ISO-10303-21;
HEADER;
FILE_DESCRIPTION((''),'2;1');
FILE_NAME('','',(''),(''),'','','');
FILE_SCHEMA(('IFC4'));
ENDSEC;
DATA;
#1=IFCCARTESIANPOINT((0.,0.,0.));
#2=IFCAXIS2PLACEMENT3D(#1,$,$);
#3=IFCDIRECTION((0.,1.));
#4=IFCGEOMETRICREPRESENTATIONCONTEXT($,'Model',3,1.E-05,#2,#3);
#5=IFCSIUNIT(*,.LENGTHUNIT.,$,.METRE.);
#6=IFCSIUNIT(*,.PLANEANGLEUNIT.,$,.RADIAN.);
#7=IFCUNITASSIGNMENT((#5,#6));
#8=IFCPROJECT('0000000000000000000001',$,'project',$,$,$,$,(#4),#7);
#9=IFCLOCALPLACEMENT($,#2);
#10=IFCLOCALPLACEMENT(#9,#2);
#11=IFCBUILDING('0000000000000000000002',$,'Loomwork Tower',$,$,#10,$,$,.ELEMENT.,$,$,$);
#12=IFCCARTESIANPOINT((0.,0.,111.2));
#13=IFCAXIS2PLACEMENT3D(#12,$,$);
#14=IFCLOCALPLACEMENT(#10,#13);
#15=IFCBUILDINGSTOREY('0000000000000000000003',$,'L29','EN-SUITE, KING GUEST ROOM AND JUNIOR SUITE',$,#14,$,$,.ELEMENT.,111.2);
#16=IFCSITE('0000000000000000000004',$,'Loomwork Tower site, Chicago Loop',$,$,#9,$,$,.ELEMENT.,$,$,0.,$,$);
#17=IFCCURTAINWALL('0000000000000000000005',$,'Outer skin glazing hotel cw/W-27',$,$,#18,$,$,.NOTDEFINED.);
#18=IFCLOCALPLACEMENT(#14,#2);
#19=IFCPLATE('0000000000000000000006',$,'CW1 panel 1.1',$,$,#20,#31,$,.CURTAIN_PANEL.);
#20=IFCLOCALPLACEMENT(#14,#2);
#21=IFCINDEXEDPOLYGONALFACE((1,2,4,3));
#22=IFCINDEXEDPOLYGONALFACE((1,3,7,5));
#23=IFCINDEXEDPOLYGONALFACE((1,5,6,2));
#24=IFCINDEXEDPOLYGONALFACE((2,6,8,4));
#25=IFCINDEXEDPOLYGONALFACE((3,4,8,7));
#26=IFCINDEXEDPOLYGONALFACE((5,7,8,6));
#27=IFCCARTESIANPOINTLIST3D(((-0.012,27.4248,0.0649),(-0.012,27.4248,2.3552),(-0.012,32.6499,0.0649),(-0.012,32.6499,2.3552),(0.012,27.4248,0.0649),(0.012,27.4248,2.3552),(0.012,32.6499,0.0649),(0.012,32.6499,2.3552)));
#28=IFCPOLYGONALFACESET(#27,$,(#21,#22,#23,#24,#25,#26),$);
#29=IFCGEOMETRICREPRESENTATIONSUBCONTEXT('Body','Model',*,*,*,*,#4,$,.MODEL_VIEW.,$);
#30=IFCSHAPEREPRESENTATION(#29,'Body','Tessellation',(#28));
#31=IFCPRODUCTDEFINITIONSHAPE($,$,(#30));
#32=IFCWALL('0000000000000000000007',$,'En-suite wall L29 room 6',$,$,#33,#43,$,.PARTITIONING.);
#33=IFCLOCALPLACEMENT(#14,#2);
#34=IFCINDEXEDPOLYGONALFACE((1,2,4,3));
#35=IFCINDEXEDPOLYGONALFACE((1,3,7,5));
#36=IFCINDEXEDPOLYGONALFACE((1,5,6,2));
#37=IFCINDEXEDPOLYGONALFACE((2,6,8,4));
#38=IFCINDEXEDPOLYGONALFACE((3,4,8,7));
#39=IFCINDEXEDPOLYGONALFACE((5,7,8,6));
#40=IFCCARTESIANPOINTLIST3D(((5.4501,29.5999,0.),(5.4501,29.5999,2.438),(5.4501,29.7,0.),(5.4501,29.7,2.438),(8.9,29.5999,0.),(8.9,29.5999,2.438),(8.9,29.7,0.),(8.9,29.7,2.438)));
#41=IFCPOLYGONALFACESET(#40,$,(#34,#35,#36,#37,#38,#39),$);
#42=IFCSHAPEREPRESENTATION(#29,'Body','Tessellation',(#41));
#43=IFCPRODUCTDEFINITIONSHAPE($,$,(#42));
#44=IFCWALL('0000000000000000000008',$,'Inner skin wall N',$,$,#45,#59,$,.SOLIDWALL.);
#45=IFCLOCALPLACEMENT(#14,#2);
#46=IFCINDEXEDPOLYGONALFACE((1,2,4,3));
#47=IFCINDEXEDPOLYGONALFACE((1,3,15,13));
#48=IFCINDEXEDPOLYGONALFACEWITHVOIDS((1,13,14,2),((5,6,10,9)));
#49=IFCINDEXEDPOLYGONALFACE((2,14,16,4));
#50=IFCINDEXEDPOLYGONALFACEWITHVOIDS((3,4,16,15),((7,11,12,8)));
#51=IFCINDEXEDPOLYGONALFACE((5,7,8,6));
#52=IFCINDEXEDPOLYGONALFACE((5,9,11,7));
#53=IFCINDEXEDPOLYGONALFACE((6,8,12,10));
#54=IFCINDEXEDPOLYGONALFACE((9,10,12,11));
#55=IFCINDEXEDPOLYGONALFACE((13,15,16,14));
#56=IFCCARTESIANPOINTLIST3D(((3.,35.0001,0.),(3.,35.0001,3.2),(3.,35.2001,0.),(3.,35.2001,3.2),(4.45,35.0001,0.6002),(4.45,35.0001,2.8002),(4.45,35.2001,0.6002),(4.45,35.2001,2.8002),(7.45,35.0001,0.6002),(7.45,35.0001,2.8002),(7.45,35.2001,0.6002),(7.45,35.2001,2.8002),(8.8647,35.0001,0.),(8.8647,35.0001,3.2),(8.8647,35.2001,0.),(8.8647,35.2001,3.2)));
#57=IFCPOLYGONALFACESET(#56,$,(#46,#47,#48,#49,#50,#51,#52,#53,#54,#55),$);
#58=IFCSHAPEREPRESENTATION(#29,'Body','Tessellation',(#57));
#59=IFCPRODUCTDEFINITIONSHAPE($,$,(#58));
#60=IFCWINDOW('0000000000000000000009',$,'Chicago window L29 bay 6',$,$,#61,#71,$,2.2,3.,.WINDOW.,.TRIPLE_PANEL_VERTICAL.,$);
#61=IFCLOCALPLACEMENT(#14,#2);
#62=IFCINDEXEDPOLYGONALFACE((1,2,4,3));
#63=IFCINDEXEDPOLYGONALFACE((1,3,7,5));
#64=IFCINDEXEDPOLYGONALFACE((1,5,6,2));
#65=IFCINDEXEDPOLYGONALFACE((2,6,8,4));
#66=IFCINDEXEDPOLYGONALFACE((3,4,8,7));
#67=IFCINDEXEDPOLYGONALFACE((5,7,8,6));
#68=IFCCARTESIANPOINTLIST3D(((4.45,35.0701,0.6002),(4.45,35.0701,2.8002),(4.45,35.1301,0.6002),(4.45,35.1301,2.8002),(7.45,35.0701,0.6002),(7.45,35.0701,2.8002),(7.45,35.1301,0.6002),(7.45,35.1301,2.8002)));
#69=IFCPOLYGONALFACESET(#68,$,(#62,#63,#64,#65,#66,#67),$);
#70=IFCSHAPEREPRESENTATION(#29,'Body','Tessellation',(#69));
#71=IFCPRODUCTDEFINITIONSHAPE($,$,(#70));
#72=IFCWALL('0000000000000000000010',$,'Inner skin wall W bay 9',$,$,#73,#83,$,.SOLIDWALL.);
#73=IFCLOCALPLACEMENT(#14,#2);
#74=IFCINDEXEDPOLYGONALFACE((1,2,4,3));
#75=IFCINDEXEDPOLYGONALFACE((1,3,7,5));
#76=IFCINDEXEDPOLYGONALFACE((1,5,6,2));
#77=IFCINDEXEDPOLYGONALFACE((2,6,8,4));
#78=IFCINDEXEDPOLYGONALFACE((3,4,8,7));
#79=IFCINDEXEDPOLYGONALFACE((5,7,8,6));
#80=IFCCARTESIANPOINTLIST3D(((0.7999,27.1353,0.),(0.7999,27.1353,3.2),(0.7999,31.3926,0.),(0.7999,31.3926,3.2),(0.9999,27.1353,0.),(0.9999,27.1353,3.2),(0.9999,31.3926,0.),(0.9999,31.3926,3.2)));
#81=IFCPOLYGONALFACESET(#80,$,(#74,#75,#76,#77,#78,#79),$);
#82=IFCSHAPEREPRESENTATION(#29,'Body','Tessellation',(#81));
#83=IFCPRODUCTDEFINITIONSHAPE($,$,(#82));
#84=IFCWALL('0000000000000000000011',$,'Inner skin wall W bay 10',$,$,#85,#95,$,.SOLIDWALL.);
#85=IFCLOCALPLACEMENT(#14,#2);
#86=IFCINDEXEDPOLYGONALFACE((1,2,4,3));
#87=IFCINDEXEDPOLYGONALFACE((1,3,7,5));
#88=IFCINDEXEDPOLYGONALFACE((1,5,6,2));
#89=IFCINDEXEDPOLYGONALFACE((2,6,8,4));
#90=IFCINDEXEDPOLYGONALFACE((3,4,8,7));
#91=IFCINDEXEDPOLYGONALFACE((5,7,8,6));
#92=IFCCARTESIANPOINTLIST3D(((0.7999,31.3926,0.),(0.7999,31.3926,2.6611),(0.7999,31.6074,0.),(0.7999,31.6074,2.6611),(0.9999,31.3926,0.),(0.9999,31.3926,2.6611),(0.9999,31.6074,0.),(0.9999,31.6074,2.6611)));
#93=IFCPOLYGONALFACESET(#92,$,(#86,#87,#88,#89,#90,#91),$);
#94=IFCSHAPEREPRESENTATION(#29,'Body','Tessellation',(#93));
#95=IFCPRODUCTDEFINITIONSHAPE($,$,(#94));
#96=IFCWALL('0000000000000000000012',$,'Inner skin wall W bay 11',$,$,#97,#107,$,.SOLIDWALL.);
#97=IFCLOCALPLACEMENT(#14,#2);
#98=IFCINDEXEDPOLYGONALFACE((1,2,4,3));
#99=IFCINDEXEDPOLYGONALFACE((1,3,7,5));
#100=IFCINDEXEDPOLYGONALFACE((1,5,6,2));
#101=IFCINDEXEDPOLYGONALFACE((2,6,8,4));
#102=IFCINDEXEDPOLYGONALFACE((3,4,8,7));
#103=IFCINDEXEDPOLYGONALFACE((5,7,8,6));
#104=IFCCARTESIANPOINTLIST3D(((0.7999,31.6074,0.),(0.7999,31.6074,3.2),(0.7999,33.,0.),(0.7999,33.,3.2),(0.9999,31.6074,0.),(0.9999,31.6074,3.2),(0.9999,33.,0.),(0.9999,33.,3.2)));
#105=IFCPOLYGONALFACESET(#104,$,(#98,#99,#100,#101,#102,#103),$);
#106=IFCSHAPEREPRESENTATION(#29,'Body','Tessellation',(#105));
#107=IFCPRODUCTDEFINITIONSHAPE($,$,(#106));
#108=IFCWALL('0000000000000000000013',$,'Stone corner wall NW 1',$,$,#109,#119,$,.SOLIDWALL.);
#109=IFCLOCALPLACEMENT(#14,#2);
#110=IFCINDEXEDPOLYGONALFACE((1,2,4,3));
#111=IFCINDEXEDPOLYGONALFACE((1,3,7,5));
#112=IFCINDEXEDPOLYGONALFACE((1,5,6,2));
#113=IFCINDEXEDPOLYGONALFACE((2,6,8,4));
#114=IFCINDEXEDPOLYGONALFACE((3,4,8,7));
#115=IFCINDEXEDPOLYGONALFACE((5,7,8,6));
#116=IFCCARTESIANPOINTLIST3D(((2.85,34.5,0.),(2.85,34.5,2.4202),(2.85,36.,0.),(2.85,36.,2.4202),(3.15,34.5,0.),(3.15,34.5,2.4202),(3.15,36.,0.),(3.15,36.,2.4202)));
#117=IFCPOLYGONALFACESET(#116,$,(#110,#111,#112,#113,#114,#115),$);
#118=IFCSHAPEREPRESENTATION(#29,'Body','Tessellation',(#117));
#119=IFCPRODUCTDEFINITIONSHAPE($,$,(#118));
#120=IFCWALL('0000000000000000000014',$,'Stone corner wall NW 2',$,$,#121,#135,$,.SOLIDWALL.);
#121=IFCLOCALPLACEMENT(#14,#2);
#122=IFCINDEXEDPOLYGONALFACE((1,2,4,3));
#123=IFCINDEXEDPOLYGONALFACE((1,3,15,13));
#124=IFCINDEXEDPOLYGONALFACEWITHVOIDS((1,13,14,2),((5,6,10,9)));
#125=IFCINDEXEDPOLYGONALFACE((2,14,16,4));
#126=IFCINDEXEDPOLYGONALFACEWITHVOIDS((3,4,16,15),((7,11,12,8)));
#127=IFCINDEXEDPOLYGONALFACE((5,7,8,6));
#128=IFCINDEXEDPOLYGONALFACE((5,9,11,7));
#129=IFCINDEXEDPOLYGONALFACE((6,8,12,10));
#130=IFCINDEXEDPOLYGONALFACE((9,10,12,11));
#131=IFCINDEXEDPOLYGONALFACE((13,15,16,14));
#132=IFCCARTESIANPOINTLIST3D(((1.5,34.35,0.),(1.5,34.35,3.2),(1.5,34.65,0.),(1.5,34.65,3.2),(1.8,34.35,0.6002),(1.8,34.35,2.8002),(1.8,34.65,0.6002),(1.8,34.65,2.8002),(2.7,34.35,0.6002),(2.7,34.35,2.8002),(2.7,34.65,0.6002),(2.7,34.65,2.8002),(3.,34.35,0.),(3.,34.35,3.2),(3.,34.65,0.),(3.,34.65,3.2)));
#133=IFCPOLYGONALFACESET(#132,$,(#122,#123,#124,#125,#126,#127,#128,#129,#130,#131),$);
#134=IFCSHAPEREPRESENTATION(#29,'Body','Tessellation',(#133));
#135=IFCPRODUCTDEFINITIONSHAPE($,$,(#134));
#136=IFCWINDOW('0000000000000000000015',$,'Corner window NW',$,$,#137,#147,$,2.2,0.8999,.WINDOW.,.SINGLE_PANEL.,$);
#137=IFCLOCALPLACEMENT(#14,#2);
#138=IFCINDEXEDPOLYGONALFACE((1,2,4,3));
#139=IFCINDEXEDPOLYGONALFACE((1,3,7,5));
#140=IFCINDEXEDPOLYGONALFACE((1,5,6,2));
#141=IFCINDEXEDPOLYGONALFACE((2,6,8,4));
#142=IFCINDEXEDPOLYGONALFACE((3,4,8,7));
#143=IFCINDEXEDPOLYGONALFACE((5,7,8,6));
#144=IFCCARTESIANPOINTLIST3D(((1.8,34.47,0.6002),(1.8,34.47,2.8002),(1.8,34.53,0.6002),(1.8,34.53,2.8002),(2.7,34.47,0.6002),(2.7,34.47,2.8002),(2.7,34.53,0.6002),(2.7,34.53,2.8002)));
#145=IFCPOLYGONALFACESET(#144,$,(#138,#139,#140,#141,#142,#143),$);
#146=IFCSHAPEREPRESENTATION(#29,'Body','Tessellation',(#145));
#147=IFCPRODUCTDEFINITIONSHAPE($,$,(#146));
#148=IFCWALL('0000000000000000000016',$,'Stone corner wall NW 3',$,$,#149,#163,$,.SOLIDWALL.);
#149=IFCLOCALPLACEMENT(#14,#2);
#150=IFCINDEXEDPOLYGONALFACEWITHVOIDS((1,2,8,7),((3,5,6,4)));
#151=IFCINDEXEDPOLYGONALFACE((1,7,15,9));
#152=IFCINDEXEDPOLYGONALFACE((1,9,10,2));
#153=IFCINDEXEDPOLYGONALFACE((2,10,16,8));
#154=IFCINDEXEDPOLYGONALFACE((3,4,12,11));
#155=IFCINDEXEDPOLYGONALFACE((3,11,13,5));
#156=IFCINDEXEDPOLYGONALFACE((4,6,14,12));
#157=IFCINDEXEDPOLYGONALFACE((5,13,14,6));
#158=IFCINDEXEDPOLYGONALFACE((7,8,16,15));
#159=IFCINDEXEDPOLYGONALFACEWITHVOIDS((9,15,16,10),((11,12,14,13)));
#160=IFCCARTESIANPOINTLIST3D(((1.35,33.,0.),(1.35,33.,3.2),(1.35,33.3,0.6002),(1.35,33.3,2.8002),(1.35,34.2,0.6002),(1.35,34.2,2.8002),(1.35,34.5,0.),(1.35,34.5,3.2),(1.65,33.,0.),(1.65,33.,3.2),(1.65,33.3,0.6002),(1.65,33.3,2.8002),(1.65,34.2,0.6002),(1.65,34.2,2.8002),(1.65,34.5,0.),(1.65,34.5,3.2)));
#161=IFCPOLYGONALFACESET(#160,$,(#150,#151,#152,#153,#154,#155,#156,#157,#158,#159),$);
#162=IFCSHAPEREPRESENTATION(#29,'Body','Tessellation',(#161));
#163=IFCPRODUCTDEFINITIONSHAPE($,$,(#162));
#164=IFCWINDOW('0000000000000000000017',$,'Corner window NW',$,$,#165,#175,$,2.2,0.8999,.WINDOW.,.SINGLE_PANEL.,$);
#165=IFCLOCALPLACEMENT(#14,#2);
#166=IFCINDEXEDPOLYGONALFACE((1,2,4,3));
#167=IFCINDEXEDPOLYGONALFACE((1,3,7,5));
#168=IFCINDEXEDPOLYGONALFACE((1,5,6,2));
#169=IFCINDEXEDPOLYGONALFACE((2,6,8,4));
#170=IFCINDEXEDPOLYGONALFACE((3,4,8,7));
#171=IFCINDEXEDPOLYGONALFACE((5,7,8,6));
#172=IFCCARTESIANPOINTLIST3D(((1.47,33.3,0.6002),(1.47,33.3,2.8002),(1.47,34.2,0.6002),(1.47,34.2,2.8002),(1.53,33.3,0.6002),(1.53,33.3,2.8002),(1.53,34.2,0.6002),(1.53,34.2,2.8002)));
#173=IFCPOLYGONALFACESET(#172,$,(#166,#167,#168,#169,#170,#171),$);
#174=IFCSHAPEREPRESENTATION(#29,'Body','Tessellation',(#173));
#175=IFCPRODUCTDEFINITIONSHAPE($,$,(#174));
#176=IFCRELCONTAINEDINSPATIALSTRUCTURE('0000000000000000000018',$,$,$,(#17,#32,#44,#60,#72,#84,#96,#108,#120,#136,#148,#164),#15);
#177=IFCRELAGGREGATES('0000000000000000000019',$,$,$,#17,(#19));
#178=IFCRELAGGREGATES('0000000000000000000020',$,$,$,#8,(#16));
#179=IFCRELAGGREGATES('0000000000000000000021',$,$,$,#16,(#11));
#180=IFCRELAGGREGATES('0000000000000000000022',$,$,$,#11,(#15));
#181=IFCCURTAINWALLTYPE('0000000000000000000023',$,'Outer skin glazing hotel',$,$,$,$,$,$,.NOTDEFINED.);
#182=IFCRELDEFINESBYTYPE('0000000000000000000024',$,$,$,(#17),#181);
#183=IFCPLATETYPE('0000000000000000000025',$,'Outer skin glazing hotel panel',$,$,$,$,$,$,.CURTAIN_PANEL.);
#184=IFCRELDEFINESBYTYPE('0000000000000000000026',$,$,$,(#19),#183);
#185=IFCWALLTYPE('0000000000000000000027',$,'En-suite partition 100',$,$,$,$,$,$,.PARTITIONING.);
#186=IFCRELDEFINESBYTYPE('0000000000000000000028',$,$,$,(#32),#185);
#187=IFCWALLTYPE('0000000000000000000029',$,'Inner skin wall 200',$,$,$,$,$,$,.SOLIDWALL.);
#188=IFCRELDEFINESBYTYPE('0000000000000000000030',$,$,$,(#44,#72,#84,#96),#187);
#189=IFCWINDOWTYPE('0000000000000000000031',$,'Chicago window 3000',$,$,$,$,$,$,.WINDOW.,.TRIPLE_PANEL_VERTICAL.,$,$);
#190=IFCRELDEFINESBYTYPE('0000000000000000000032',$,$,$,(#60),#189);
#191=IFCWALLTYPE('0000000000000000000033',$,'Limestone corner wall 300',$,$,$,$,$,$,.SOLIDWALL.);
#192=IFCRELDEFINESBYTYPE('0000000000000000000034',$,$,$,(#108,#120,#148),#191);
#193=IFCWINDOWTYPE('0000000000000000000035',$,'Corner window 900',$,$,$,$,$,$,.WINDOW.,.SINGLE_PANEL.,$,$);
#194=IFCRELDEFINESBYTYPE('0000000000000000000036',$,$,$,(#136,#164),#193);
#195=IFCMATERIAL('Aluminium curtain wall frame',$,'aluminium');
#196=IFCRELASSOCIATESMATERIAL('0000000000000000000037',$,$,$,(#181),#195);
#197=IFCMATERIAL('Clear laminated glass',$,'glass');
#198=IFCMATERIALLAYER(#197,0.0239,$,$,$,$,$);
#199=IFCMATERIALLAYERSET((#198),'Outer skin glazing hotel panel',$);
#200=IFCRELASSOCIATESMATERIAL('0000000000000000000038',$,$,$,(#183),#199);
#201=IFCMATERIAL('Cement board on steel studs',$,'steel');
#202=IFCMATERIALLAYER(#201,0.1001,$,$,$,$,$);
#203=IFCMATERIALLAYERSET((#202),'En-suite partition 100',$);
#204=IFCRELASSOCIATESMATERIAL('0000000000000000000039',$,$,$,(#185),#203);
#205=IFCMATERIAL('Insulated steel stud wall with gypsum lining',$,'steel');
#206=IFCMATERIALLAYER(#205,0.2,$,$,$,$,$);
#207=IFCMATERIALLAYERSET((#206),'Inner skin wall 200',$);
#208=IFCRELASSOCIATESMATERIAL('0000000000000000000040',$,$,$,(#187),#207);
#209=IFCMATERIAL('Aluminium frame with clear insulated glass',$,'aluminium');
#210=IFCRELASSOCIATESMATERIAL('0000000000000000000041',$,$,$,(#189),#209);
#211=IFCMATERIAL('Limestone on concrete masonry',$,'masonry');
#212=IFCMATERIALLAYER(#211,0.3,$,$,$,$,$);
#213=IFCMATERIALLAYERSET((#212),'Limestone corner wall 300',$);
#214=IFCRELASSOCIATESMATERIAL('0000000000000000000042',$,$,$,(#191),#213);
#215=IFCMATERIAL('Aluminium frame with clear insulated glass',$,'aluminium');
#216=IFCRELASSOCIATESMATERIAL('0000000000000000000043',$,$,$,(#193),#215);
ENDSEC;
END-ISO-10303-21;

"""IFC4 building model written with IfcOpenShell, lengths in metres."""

from ifc_helpers import new_model, si_unit, direction, frame, frame_2d, origin, origin_2d, place, context, subcontext, project, spatial, rectangle, extrude, material, layer, layer_set, type_object, element, fill, aggregate, save


model = new_model("IFC4")

# Units and contexts
model_context = context("Model", 3, precision=1e-05, world=origin(), true_north=direction((0.0, 1.0)))
body_context = subcontext(model_context, "Body", "Model", "MODEL_VIEW")
ifc_project = project(units=[si_unit("LENGTHUNIT", "METRE"), si_unit("PLANEANGLEUNIT", "RADIAN")], contexts=[model_context])

# Site, building, storey
site_placement = place(None, origin())
site = spatial("IfcSite", under=ifc_project, at=site_placement, Name="Loomwork Tower site, Chicago Loop", CompositionType="ELEMENT", RefElevation=0.0)
building_placement = place(site_placement, origin())
building = spatial("IfcBuilding", under=site, at=building_placement, Name="Loomwork Tower", CompositionType="ELEMENT")
storey_placement = place(building_placement, frame((0.0, 0.0, 111.2)))
storey = spatial("IfcBuildingStorey", under=building, at=storey_placement, Name="L29", Description="EN-SUITE, KING GUEST ROOM AND JUNIOR SUITE", CompositionType="ELEMENT", Elevation=111.2)

# Curtain wall
ifc_material_1 = material(Name="Aluminium curtain wall frame", Category="aluminium")
curtain_wall_type = type_object("IfcCurtainWallType", Name="Outer skin glazing hotel", PredefinedType="NOTDEFINED", material=ifc_material_1)
curtain_wall_1_placement = place(storey_placement, origin())
curtain_wall_1 = element("IfcCurtainWall", 1, at=curtain_wall_1_placement, inside=storey, type_object=curtain_wall_type, Name="Outer skin glazing hotel cw/W-27", PredefinedType="NOTDEFINED")

# Plate
ifc_material_2 = material(Name="Clear laminated glass", Category="glass")
ifc_layer_1 = layer(ifc_material_2, 0.0239)
ifc_layer_set_1 = layer_set([ifc_layer_1], Name="Outer skin glazing hotel panel")
plate_type = type_object("IfcPlateType", Name="Outer skin glazing hotel panel", PredefinedType="CURTAIN_PANEL", material=ifc_layer_set_1)
plate_1_placement = place(storey_placement, frame((0.0, 30.0374, 0.0649), z_axis=(0.0, 0.0, 1.0), x_axis=(0.0, -1.0, 0.0)))
plate_1 = element("IfcPlate", 2, at=plate_1_placement, type_object=plate_type, Name="CW1 panel 1.1", PredefinedType="CURTAIN_PANEL", context=body_context, shape_type="SweptSolid", body=[
    extrude(rectangle(XDim=5.2251, YDim=0.0239, at=origin_2d()), origin(), (0.0, 0.0, 1.0), 2.2903),
])
aggregate(curtain_wall_1, [plate_1])

# Wall
ifc_material_3 = material(Name="Cement board on steel studs", Category="steel")
ifc_layer_2 = layer(ifc_material_3, 0.1001)
ifc_layer_set_2 = layer_set([ifc_layer_2], Name="En-suite partition 100")
wall_type_1 = type_object("IfcWallType", Name="En-suite partition 100", PredefinedType="PARTITIONING", material=ifc_layer_set_2)
wall_1_placement = place(storey_placement, frame((5.45, 29.6499, 0.0), z_axis=(0.0, 0.0, 1.0), x_axis=(1.0, 0.0, 0.0)))
element("IfcWall", 3, at=wall_1_placement, inside=storey, type_object=wall_type_1, Name="En-suite wall L29 room 6", PredefinedType="PARTITIONING", context=body_context, shape_type="SweptSolid", body=[
    extrude(rectangle(XDim=3.45, YDim=0.1001, at=frame_2d((1.7251, 0.0))), origin(), (0.0, 0.0, 1.0), 2.438),
])

# Wall, opening, window
ifc_material_4 = material(Name="Insulated steel stud wall with gypsum lining", Category="steel")
ifc_layer_3 = layer(ifc_material_4, 0.2)
ifc_layer_set_3 = layer_set([ifc_layer_3], Name="Inner skin wall 200")
wall_type_2 = type_object("IfcWallType", Name="Inner skin wall 200", PredefinedType="SOLIDWALL", material=ifc_layer_set_3)
wall_2_placement = place(storey_placement, frame((3.0, 35.1001, 0.0), z_axis=(0.0, 0.0, 1.0), x_axis=(1.0, 0.0, 0.0)))
wall_2 = element("IfcWall", 4, at=wall_2_placement, inside=storey, type_object=wall_type_2, Name="Inner skin wall N", PredefinedType="SOLIDWALL", context=body_context, shape_type="SweptSolid", body=[
    extrude(rectangle(XDim=5.8647, YDim=0.2, at=frame_2d((2.9324, 0.0))), origin(), (0.0, 0.0, 1.0), 3.2),
])
opening_1_placement = place(wall_2_placement, frame((1.45, 0.0, 0.6001)))
opening_1 = element("IfcOpeningElement", 5, at=opening_1_placement, cuts=wall_2, PredefinedType="OPENING", context=body_context, shape_type="SweptSolid", body=[
    extrude(rectangle(XDim=3.0, YDim=2.2, at=frame_2d((1.5, 1.1001))), frame((0.0, 0.1099, 0.0), z_axis=(0.0, -1.0, 0.0), x_axis=(1.0, 0.0, 0.0)), (0.0, 0.0, 1.0), 0.22),
])
ifc_material_5 = material(Name="Aluminium frame with clear insulated glass", Category="aluminium")
window_type_1 = type_object("IfcWindowType", Name="Chicago window 3000", PartitioningType="TRIPLE_PANEL_VERTICAL", PredefinedType="WINDOW", material=ifc_material_5)
window_1_placement = place(opening_1_placement, origin())
window_1 = element("IfcWindow", 6, at=window_1_placement, inside=storey, type_object=window_type_1, Name="Chicago window L29 bay 6", OverallHeight=2.2, OverallWidth=3.0, PartitioningType="TRIPLE_PANEL_VERTICAL", PredefinedType="WINDOW", context=body_context, shape_type="SweptSolid", body=[
    extrude(rectangle(XDim=3.0, YDim=2.2, at=frame_2d((1.5, 1.1001))), frame((0.0, 0.03, 0.0), z_axis=(0.0, -1.0, 0.0), x_axis=(1.0, 0.0, 0.0)), (0.0, 0.0, 1.0), 0.0601),
])
fill(opening_1, window_1)

# Walls
wall_3_placement = place(storey_placement, frame((0.8999, 27.1353, 0.0), z_axis=(0.0, 0.0, 1.0), x_axis=(0.0, 1.0, 0.0)))
element("IfcWall", 7, at=wall_3_placement, inside=storey, type_object=wall_type_2, Name="Inner skin wall W bay 9", PredefinedType="SOLIDWALL", context=body_context, shape_type="SweptSolid", body=[
    extrude(rectangle(XDim=4.2573, YDim=0.2, at=frame_2d((2.1287, 0.0))), origin(), (0.0, 0.0, 1.0), 3.2),
])
wall_4_placement = place(storey_placement, frame((0.8999, 31.3926, 0.0), z_axis=(0.0, 0.0, 1.0), x_axis=(0.0, 1.0, 0.0)))
element("IfcWall", 8, at=wall_4_placement, inside=storey, type_object=wall_type_2, Name="Inner skin wall W bay 10", PredefinedType="SOLIDWALL", context=body_context, shape_type="SweptSolid", body=[
    extrude(rectangle(XDim=0.2148, YDim=0.2, at=frame_2d((0.1074, 0.0))), origin(), (0.0, 0.0, 1.0), 2.6611),
])
wall_5_placement = place(storey_placement, frame((0.8999, 31.6074, 0.0), z_axis=(0.0, 0.0, 1.0), x_axis=(0.0, 1.0, 0.0)))
element("IfcWall", 9, at=wall_5_placement, inside=storey, type_object=wall_type_2, Name="Inner skin wall W bay 11", PredefinedType="SOLIDWALL", context=body_context, shape_type="SweptSolid", body=[
    extrude(rectangle(XDim=1.3926, YDim=0.2, at=frame_2d((0.6963, 0.0))), origin(), (0.0, 0.0, 1.0), 3.2),
])
ifc_material_6 = material(Name="Limestone on concrete masonry", Category="masonry")
ifc_layer_4 = layer(ifc_material_6, 0.3)
ifc_layer_set_4 = layer_set([ifc_layer_4], Name="Limestone corner wall 300")
wall_type_3 = type_object("IfcWallType", Name="Limestone corner wall 300", PredefinedType="SOLIDWALL", material=ifc_layer_set_4)
wall_6_placement = place(storey_placement, frame((3.0, 36.0, 0.0), z_axis=(0.0, 0.0, 1.0), x_axis=(0.0, -1.0, 0.0)))
element("IfcWall", 10, at=wall_6_placement, inside=storey, type_object=wall_type_3, Name="Stone corner wall NW 1", PredefinedType="SOLIDWALL", context=body_context, shape_type="SweptSolid", body=[
    extrude(rectangle(XDim=1.5, YDim=0.3, at=frame_2d((0.75, 0.0))), origin(), (0.0, 0.0, 1.0), 2.4202),
])

# Walls, openings, windows
wall_7_placement = place(storey_placement, frame((3.0, 34.5, 0.0), z_axis=(0.0, 0.0, 1.0), x_axis=(-1.0, 0.0, 0.0)))
wall_7 = element("IfcWall", 11, at=wall_7_placement, inside=storey, type_object=wall_type_3, Name="Stone corner wall NW 2", PredefinedType="SOLIDWALL", context=body_context, shape_type="SweptSolid", body=[
    extrude(rectangle(XDim=1.5, YDim=0.3, at=frame_2d((0.75, 0.0))), origin(), (0.0, 0.0, 1.0), 3.2),
])
opening_2_placement = place(wall_7_placement, frame((0.3, 0.0, 0.6001)))
opening_2 = element("IfcOpeningElement", 12, at=opening_2_placement, cuts=wall_7, PredefinedType="OPENING", context=body_context, shape_type="SweptSolid", body=[
    extrude(rectangle(XDim=0.8999, YDim=2.2, at=frame_2d((0.45, 1.1001))), frame((0.0, 0.1599, 0.0), z_axis=(0.0, -1.0, 0.0), x_axis=(1.0, 0.0, 0.0)), (0.0, 0.0, 1.0), 0.3201),
])
ifc_material_7 = material(Name="Aluminium frame with clear insulated glass", Category="aluminium")
window_type_2 = type_object("IfcWindowType", Name="Corner window 900", PartitioningType="SINGLE_PANEL", PredefinedType="WINDOW", material=ifc_material_7)
window_2_placement = place(opening_2_placement, origin())
window_2 = element("IfcWindow", 13, at=window_2_placement, inside=storey, type_object=window_type_2, Name="Corner window NW", OverallHeight=2.2, OverallWidth=0.8999, PartitioningType="SINGLE_PANEL", PredefinedType="WINDOW", context=body_context, shape_type="SweptSolid", body=[
    extrude(rectangle(XDim=0.8999, YDim=2.2, at=frame_2d((0.45, 1.1001))), frame((0.0, 0.03, 0.0), z_axis=(0.0, -1.0, 0.0), x_axis=(1.0, 0.0, 0.0)), (0.0, 0.0, 1.0), 0.0601),
])
fill(opening_2, window_2)
wall_8_placement = place(storey_placement, frame((1.5, 34.5, 0.0), z_axis=(0.0, 0.0, 1.0), x_axis=(0.0, -1.0, 0.0)))
wall_8 = element("IfcWall", 14, at=wall_8_placement, inside=storey, type_object=wall_type_3, Name="Stone corner wall NW 3", PredefinedType="SOLIDWALL", context=body_context, shape_type="SweptSolid", body=[
    extrude(rectangle(XDim=1.5, YDim=0.3, at=frame_2d((0.75, 0.0))), origin(), (0.0, 0.0, 1.0), 3.2),
])
opening_3_placement = place(wall_8_placement, frame((0.3, 0.0, 0.6001)))
opening_3 = element("IfcOpeningElement", 15, at=opening_3_placement, cuts=wall_8, PredefinedType="OPENING", context=body_context, shape_type="SweptSolid", body=[
    extrude(rectangle(XDim=0.8999, YDim=2.2, at=frame_2d((0.45, 1.1001))), frame((0.0, 0.1599, 0.0), z_axis=(0.0, -1.0, 0.0), x_axis=(1.0, 0.0, 0.0)), (0.0, 0.0, 1.0), 0.3201),
])
window_3_placement = place(opening_3_placement, origin())
window_3 = element("IfcWindow", 16, at=window_3_placement, inside=storey, type_object=window_type_2, Name="Corner window NW", OverallHeight=2.2, OverallWidth=0.8999, PartitioningType="SINGLE_PANEL", PredefinedType="WINDOW", context=body_context, shape_type="SweptSolid", body=[
    extrude(rectangle(XDim=0.8999, YDim=2.2, at=frame_2d((0.45, 1.1001))), frame((0.0, 0.03, 0.0), z_axis=(0.0, -1.0, 0.0), x_axis=(1.0, 0.0, 0.0)), (0.0, 0.0, 1.0), 0.0601),
])
fill(opening_3, window_3)

save(model, "model.ifc")
